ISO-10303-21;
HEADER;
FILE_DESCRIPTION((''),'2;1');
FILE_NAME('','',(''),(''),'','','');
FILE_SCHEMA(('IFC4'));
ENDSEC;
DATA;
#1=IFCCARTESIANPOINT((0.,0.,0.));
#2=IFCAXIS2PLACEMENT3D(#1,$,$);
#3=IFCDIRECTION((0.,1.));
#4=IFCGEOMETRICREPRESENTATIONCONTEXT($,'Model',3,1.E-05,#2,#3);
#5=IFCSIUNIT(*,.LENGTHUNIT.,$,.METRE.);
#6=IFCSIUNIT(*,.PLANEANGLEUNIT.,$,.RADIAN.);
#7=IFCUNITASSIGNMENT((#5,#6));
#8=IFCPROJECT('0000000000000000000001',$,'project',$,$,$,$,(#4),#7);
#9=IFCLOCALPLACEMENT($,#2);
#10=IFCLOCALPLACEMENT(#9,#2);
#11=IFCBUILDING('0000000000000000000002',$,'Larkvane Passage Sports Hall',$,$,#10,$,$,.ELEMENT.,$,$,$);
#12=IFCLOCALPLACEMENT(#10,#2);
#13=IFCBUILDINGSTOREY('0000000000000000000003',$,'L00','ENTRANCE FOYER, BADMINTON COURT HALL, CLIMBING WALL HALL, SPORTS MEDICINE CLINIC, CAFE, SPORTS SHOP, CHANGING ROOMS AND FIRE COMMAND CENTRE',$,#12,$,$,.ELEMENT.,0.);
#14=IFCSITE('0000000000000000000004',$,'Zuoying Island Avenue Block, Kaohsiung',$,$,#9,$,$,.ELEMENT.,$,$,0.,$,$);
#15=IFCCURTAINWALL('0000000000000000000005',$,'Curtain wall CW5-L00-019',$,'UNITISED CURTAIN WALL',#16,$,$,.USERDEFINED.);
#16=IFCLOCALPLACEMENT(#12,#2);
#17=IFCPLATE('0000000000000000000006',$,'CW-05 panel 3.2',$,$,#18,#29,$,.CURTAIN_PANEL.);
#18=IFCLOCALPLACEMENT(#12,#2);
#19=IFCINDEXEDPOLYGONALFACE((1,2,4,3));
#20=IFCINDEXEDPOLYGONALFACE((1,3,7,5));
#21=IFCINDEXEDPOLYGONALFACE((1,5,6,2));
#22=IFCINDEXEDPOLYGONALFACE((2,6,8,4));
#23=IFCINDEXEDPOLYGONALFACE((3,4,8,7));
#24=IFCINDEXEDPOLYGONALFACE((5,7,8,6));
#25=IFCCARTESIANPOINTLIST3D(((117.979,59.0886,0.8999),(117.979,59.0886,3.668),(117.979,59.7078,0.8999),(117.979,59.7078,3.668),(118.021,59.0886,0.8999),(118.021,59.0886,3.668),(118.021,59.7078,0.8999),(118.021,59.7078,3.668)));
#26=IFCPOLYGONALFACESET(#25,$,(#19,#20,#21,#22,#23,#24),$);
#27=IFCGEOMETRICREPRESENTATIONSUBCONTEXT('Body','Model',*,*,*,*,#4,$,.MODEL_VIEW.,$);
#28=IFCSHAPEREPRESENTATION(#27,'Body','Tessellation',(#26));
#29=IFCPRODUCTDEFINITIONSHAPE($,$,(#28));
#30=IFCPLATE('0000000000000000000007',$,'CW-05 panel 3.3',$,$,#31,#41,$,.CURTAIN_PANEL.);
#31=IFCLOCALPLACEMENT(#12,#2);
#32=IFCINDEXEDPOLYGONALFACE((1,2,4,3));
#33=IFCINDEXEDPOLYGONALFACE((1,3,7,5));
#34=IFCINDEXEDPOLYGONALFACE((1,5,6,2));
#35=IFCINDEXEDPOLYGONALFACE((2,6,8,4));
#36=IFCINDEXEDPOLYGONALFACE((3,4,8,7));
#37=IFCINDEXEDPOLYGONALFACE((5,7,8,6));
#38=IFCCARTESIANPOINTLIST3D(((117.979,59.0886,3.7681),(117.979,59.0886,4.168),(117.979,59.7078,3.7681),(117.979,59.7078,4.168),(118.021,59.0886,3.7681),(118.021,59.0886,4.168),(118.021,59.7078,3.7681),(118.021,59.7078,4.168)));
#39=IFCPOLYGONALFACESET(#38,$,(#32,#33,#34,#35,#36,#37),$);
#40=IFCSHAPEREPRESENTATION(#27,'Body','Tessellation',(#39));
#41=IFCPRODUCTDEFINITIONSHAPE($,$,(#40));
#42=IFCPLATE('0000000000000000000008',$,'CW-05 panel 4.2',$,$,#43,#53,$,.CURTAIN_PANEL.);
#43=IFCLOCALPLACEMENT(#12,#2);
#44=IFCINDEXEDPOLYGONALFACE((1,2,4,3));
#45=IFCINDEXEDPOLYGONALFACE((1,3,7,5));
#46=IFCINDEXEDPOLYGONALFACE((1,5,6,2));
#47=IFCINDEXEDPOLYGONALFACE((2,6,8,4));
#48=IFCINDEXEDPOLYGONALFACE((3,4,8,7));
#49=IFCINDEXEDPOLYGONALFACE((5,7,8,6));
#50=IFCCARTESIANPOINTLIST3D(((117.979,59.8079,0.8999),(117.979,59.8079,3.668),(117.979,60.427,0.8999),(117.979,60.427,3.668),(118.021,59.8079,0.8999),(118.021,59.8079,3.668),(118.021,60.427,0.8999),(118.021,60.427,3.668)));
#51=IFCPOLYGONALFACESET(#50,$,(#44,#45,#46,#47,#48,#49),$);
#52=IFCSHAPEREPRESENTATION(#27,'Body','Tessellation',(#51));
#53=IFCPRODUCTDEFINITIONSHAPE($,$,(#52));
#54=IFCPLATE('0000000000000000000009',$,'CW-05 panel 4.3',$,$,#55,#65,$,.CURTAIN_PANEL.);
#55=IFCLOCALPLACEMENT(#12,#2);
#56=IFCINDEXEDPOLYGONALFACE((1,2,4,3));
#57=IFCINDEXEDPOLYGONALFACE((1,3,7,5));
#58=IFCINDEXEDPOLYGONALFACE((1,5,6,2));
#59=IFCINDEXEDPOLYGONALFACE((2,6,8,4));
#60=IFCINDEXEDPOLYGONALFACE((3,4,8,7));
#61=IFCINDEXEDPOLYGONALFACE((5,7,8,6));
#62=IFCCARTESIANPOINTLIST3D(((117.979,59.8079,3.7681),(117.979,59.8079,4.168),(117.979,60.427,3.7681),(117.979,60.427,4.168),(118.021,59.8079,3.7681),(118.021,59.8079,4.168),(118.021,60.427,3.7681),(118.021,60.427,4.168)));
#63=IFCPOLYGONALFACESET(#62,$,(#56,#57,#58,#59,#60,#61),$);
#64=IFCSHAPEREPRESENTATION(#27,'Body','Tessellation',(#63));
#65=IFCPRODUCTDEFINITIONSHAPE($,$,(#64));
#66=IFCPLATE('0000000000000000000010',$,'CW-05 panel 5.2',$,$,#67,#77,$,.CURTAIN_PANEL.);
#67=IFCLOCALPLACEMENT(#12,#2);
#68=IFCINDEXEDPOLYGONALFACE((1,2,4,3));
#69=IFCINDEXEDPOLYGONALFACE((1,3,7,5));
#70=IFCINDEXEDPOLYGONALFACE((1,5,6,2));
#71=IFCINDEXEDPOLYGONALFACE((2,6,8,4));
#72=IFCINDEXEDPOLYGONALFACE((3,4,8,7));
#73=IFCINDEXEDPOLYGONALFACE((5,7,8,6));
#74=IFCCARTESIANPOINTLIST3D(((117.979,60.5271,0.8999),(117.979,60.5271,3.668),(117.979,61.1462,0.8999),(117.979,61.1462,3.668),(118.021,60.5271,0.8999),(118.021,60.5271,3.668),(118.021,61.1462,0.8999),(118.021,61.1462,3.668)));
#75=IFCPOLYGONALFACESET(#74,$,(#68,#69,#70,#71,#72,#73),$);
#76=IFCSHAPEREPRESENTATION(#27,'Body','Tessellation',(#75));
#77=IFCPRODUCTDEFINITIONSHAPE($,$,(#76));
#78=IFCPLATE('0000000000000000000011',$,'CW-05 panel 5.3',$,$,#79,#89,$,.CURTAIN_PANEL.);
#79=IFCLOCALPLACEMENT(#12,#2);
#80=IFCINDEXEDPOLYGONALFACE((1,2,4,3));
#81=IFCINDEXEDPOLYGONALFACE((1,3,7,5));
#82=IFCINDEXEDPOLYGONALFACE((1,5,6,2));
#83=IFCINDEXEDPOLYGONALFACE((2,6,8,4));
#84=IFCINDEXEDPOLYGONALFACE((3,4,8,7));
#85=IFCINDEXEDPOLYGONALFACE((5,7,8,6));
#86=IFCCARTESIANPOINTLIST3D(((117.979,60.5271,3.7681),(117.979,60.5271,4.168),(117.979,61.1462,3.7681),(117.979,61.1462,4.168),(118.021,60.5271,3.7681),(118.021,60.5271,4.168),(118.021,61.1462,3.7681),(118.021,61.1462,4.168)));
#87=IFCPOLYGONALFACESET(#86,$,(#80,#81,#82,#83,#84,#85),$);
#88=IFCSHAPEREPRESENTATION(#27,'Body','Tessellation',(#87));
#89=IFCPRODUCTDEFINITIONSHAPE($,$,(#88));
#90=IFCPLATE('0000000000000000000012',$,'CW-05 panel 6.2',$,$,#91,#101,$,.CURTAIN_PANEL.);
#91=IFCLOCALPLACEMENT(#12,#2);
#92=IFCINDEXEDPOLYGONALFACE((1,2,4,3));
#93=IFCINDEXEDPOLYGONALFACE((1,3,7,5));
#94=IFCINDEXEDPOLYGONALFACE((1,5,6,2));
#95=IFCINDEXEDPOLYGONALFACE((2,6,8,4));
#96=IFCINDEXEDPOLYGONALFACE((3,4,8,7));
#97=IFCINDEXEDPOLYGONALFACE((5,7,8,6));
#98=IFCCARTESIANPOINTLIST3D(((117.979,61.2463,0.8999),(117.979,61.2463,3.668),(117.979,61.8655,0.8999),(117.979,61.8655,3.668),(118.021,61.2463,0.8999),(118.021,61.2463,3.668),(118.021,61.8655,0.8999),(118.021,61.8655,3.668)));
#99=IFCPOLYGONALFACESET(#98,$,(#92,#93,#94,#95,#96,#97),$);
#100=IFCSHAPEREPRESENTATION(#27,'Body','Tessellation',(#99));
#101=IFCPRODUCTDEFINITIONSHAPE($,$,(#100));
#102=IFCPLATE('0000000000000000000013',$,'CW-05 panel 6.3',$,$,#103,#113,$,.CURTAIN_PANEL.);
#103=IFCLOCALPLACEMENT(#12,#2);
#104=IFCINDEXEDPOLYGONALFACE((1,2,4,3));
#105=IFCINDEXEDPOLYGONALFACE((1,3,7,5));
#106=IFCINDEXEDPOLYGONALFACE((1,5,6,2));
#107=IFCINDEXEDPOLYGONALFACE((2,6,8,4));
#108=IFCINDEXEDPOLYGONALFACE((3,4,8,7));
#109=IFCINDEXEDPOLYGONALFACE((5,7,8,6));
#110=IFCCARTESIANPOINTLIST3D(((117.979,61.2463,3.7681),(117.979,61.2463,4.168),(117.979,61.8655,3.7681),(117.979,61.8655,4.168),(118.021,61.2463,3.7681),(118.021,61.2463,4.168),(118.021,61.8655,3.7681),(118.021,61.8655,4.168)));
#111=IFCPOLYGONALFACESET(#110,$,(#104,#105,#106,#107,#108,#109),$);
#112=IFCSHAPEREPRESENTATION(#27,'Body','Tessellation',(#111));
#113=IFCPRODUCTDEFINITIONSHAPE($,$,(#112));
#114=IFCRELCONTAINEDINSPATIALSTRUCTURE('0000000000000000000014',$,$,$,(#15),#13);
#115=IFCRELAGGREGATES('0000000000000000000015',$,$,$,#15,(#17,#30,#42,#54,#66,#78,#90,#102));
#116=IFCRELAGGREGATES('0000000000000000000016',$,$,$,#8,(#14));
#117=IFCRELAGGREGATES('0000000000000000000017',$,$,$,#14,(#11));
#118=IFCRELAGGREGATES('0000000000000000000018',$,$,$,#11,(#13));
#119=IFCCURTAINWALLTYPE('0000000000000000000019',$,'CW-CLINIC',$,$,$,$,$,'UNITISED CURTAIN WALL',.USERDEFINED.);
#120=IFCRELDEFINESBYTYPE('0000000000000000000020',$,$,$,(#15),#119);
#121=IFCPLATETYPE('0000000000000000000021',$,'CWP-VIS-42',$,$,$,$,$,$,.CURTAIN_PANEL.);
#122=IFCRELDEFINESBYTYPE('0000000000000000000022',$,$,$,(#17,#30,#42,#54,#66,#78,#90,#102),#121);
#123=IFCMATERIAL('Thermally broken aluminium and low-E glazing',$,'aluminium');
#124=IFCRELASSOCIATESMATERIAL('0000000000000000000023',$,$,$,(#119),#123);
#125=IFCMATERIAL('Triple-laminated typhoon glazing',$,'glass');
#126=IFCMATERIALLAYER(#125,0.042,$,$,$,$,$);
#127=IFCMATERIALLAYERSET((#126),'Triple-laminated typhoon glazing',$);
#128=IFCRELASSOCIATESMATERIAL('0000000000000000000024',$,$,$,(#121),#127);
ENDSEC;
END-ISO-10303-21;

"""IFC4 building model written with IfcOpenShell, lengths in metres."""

from ifc_helpers import new_model, si_unit, direction, frame, origin, origin_2d, place, context, subcontext, project, spatial, rectangle, extrude, material, layer, layer_set, type_object, element, aggregate, save


model = new_model("IFC4")

# Units and contexts
model_context = context("Model", 3, precision=1e-05, world=origin(), true_north=direction((0.0, 1.0)))
body_context = subcontext(model_context, "Body", "Model", "MODEL_VIEW")
ifc_project = project(units=[si_unit("LENGTHUNIT", "METRE"), si_unit("PLANEANGLEUNIT", "RADIAN")], contexts=[model_context])

# Site, building, storey
site_placement = place(None, origin())
site = spatial("IfcSite", under=ifc_project, at=site_placement, Name="Zuoying Island Avenue Block, Kaohsiung", CompositionType="ELEMENT", RefElevation=0.0)
building_placement = place(site_placement, origin())
building = spatial("IfcBuilding", under=site, at=building_placement, Name="Larkvane Passage Sports Hall", CompositionType="ELEMENT")
storey_placement = place(building_placement, origin())
storey = spatial("IfcBuildingStorey", under=building, at=storey_placement, Name="L00", Description="ENTRANCE FOYER, BADMINTON COURT HALL, CLIMBING WALL HALL, SPORTS MEDICINE CLINIC, CAFE, SPORTS SHOP, CHANGING ROOMS AND FIRE COMMAND CENTRE", CompositionType="ELEMENT", Elevation=0.0)

# Curtain wall, plates
ifc_material_1 = material(Name="Thermally broken aluminium and low-E glazing", Category="aluminium")
curtain_wall_type = type_object("IfcCurtainWallType", Name="CW-CLINIC", ElementType="UNITISED CURTAIN WALL", PredefinedType="USERDEFINED", material=ifc_material_1)
curtain_wall_placement = place(storey_placement, origin())
curtain_wall = element("IfcCurtainWall", 1, at=curtain_wall_placement, inside=storey, type_object=curtain_wall_type, Name="Curtain wall CW5-L00-019", ObjectType="UNITISED CURTAIN WALL", PredefinedType="USERDEFINED")
ifc_material_2 = material(Name="Triple-laminated typhoon glazing", Category="glass")
ifc_layer = layer(ifc_material_2, 0.042)
ifc_layer_set = layer_set([ifc_layer], Name="Triple-laminated typhoon glazing")
plate_type = type_object("IfcPlateType", Name="CWP-VIS-42", PredefinedType="CURTAIN_PANEL", material=ifc_layer_set)
plate_1_placement = place(storey_placement, frame((118.0, 59.3982, 0.8999), z_axis=(0.0, 0.0, 1.0), x_axis=(0.0, 1.0, 0.0)))
plate_1 = element("IfcPlate", 2, at=plate_1_placement, type_object=plate_type, Name="CW-05 panel 3.2", PredefinedType="CURTAIN_PANEL", context=body_context, shape_type="SweptSolid", body=[
    extrude(rectangle(XDim=0.6191, YDim=0.042, at=origin_2d()), origin(), (0.0, 0.0, 1.0), 2.7681),
])
plate_2_placement = place(storey_placement, frame((118.0, 59.3982, 3.7681), z_axis=(0.0, 0.0, 1.0), x_axis=(0.0, 1.0, 0.0)))
plate_2 = element("IfcPlate", 3, at=plate_2_placement, type_object=plate_type, Name="CW-05 panel 3.3", PredefinedType="CURTAIN_PANEL", context=body_context, shape_type="SweptSolid", body=[
    extrude(rectangle(XDim=0.6191, YDim=0.042, at=origin_2d()), origin(), (0.0, 0.0, 1.0), 0.3999),
])
plate_3_placement = place(storey_placement, frame((118.0, 60.1174, 0.8999), z_axis=(0.0, 0.0, 1.0), x_axis=(0.0, 1.0, 0.0)))
plate_3 = element("IfcPlate", 4, at=plate_3_placement, type_object=plate_type, Name="CW-05 panel 4.2", PredefinedType="CURTAIN_PANEL", context=body_context, shape_type="SweptSolid", body=[
    extrude(rectangle(XDim=0.6191, YDim=0.042, at=origin_2d()), origin(), (0.0, 0.0, 1.0), 2.7681),
])
plate_4_placement = place(storey_placement, frame((118.0, 60.1174, 3.7681), z_axis=(0.0, 0.0, 1.0), x_axis=(0.0, 1.0, 0.0)))
plate_4 = element("IfcPlate", 5, at=plate_4_placement, type_object=plate_type, Name="CW-05 panel 4.3", PredefinedType="CURTAIN_PANEL", context=body_context, shape_type="SweptSolid", body=[
    extrude(rectangle(XDim=0.6191, YDim=0.042, at=origin_2d()), origin(), (0.0, 0.0, 1.0), 0.3999),
])
plate_5_placement = place(storey_placement, frame((118.0, 60.8367, 0.8999), z_axis=(0.0, 0.0, 1.0), x_axis=(0.0, 1.0, 0.0)))
plate_5 = element("IfcPlate", 6, at=plate_5_placement, type_object=plate_type, Name="CW-05 panel 5.2", PredefinedType="CURTAIN_PANEL", context=body_context, shape_type="SweptSolid", body=[
    extrude(rectangle(XDim=0.6191, YDim=0.042, at=origin_2d()), origin(), (0.0, 0.0, 1.0), 2.7681),
])
plate_6_placement = place(storey_placement, frame((118.0, 60.8367, 3.7681), z_axis=(0.0, 0.0, 1.0), x_axis=(0.0, 1.0, 0.0)))
plate_6 = element("IfcPlate", 7, at=plate_6_placement, type_object=plate_type, Name="CW-05 panel 5.3", PredefinedType="CURTAIN_PANEL", context=body_context, shape_type="SweptSolid", body=[
    extrude(rectangle(XDim=0.6191, YDim=0.042, at=origin_2d()), origin(), (0.0, 0.0, 1.0), 0.3999),
])
plate_7_placement = place(storey_placement, frame((118.0, 61.5559, 0.8999), z_axis=(0.0, 0.0, 1.0), x_axis=(0.0, 1.0, 0.0)))
plate_7 = element("IfcPlate", 8, at=plate_7_placement, type_object=plate_type, Name="CW-05 panel 6.2", PredefinedType="CURTAIN_PANEL", context=body_context, shape_type="SweptSolid", body=[
    extrude(rectangle(XDim=0.6191, YDim=0.042, at=origin_2d()), origin(), (0.0, 0.0, 1.0), 2.7681),
])
plate_8_placement = place(storey_placement, frame((118.0, 61.5559, 3.7681), z_axis=(0.0, 0.0, 1.0), x_axis=(0.0, 1.0, 0.0)))
plate_8 = element("IfcPlate", 9, at=plate_8_placement, type_object=plate_type, Name="CW-05 panel 6.3", PredefinedType="CURTAIN_PANEL", context=body_context, shape_type="SweptSolid", body=[
    extrude(rectangle(XDim=0.6191, YDim=0.042, at=origin_2d()), origin(), (0.0, 0.0, 1.0), 0.3999),
])
aggregate(curtain_wall, [plate_1, plate_2, plate_3, plate_4, plate_5, plate_6, plate_7, plate_8])

save(model, "model.ifc")
